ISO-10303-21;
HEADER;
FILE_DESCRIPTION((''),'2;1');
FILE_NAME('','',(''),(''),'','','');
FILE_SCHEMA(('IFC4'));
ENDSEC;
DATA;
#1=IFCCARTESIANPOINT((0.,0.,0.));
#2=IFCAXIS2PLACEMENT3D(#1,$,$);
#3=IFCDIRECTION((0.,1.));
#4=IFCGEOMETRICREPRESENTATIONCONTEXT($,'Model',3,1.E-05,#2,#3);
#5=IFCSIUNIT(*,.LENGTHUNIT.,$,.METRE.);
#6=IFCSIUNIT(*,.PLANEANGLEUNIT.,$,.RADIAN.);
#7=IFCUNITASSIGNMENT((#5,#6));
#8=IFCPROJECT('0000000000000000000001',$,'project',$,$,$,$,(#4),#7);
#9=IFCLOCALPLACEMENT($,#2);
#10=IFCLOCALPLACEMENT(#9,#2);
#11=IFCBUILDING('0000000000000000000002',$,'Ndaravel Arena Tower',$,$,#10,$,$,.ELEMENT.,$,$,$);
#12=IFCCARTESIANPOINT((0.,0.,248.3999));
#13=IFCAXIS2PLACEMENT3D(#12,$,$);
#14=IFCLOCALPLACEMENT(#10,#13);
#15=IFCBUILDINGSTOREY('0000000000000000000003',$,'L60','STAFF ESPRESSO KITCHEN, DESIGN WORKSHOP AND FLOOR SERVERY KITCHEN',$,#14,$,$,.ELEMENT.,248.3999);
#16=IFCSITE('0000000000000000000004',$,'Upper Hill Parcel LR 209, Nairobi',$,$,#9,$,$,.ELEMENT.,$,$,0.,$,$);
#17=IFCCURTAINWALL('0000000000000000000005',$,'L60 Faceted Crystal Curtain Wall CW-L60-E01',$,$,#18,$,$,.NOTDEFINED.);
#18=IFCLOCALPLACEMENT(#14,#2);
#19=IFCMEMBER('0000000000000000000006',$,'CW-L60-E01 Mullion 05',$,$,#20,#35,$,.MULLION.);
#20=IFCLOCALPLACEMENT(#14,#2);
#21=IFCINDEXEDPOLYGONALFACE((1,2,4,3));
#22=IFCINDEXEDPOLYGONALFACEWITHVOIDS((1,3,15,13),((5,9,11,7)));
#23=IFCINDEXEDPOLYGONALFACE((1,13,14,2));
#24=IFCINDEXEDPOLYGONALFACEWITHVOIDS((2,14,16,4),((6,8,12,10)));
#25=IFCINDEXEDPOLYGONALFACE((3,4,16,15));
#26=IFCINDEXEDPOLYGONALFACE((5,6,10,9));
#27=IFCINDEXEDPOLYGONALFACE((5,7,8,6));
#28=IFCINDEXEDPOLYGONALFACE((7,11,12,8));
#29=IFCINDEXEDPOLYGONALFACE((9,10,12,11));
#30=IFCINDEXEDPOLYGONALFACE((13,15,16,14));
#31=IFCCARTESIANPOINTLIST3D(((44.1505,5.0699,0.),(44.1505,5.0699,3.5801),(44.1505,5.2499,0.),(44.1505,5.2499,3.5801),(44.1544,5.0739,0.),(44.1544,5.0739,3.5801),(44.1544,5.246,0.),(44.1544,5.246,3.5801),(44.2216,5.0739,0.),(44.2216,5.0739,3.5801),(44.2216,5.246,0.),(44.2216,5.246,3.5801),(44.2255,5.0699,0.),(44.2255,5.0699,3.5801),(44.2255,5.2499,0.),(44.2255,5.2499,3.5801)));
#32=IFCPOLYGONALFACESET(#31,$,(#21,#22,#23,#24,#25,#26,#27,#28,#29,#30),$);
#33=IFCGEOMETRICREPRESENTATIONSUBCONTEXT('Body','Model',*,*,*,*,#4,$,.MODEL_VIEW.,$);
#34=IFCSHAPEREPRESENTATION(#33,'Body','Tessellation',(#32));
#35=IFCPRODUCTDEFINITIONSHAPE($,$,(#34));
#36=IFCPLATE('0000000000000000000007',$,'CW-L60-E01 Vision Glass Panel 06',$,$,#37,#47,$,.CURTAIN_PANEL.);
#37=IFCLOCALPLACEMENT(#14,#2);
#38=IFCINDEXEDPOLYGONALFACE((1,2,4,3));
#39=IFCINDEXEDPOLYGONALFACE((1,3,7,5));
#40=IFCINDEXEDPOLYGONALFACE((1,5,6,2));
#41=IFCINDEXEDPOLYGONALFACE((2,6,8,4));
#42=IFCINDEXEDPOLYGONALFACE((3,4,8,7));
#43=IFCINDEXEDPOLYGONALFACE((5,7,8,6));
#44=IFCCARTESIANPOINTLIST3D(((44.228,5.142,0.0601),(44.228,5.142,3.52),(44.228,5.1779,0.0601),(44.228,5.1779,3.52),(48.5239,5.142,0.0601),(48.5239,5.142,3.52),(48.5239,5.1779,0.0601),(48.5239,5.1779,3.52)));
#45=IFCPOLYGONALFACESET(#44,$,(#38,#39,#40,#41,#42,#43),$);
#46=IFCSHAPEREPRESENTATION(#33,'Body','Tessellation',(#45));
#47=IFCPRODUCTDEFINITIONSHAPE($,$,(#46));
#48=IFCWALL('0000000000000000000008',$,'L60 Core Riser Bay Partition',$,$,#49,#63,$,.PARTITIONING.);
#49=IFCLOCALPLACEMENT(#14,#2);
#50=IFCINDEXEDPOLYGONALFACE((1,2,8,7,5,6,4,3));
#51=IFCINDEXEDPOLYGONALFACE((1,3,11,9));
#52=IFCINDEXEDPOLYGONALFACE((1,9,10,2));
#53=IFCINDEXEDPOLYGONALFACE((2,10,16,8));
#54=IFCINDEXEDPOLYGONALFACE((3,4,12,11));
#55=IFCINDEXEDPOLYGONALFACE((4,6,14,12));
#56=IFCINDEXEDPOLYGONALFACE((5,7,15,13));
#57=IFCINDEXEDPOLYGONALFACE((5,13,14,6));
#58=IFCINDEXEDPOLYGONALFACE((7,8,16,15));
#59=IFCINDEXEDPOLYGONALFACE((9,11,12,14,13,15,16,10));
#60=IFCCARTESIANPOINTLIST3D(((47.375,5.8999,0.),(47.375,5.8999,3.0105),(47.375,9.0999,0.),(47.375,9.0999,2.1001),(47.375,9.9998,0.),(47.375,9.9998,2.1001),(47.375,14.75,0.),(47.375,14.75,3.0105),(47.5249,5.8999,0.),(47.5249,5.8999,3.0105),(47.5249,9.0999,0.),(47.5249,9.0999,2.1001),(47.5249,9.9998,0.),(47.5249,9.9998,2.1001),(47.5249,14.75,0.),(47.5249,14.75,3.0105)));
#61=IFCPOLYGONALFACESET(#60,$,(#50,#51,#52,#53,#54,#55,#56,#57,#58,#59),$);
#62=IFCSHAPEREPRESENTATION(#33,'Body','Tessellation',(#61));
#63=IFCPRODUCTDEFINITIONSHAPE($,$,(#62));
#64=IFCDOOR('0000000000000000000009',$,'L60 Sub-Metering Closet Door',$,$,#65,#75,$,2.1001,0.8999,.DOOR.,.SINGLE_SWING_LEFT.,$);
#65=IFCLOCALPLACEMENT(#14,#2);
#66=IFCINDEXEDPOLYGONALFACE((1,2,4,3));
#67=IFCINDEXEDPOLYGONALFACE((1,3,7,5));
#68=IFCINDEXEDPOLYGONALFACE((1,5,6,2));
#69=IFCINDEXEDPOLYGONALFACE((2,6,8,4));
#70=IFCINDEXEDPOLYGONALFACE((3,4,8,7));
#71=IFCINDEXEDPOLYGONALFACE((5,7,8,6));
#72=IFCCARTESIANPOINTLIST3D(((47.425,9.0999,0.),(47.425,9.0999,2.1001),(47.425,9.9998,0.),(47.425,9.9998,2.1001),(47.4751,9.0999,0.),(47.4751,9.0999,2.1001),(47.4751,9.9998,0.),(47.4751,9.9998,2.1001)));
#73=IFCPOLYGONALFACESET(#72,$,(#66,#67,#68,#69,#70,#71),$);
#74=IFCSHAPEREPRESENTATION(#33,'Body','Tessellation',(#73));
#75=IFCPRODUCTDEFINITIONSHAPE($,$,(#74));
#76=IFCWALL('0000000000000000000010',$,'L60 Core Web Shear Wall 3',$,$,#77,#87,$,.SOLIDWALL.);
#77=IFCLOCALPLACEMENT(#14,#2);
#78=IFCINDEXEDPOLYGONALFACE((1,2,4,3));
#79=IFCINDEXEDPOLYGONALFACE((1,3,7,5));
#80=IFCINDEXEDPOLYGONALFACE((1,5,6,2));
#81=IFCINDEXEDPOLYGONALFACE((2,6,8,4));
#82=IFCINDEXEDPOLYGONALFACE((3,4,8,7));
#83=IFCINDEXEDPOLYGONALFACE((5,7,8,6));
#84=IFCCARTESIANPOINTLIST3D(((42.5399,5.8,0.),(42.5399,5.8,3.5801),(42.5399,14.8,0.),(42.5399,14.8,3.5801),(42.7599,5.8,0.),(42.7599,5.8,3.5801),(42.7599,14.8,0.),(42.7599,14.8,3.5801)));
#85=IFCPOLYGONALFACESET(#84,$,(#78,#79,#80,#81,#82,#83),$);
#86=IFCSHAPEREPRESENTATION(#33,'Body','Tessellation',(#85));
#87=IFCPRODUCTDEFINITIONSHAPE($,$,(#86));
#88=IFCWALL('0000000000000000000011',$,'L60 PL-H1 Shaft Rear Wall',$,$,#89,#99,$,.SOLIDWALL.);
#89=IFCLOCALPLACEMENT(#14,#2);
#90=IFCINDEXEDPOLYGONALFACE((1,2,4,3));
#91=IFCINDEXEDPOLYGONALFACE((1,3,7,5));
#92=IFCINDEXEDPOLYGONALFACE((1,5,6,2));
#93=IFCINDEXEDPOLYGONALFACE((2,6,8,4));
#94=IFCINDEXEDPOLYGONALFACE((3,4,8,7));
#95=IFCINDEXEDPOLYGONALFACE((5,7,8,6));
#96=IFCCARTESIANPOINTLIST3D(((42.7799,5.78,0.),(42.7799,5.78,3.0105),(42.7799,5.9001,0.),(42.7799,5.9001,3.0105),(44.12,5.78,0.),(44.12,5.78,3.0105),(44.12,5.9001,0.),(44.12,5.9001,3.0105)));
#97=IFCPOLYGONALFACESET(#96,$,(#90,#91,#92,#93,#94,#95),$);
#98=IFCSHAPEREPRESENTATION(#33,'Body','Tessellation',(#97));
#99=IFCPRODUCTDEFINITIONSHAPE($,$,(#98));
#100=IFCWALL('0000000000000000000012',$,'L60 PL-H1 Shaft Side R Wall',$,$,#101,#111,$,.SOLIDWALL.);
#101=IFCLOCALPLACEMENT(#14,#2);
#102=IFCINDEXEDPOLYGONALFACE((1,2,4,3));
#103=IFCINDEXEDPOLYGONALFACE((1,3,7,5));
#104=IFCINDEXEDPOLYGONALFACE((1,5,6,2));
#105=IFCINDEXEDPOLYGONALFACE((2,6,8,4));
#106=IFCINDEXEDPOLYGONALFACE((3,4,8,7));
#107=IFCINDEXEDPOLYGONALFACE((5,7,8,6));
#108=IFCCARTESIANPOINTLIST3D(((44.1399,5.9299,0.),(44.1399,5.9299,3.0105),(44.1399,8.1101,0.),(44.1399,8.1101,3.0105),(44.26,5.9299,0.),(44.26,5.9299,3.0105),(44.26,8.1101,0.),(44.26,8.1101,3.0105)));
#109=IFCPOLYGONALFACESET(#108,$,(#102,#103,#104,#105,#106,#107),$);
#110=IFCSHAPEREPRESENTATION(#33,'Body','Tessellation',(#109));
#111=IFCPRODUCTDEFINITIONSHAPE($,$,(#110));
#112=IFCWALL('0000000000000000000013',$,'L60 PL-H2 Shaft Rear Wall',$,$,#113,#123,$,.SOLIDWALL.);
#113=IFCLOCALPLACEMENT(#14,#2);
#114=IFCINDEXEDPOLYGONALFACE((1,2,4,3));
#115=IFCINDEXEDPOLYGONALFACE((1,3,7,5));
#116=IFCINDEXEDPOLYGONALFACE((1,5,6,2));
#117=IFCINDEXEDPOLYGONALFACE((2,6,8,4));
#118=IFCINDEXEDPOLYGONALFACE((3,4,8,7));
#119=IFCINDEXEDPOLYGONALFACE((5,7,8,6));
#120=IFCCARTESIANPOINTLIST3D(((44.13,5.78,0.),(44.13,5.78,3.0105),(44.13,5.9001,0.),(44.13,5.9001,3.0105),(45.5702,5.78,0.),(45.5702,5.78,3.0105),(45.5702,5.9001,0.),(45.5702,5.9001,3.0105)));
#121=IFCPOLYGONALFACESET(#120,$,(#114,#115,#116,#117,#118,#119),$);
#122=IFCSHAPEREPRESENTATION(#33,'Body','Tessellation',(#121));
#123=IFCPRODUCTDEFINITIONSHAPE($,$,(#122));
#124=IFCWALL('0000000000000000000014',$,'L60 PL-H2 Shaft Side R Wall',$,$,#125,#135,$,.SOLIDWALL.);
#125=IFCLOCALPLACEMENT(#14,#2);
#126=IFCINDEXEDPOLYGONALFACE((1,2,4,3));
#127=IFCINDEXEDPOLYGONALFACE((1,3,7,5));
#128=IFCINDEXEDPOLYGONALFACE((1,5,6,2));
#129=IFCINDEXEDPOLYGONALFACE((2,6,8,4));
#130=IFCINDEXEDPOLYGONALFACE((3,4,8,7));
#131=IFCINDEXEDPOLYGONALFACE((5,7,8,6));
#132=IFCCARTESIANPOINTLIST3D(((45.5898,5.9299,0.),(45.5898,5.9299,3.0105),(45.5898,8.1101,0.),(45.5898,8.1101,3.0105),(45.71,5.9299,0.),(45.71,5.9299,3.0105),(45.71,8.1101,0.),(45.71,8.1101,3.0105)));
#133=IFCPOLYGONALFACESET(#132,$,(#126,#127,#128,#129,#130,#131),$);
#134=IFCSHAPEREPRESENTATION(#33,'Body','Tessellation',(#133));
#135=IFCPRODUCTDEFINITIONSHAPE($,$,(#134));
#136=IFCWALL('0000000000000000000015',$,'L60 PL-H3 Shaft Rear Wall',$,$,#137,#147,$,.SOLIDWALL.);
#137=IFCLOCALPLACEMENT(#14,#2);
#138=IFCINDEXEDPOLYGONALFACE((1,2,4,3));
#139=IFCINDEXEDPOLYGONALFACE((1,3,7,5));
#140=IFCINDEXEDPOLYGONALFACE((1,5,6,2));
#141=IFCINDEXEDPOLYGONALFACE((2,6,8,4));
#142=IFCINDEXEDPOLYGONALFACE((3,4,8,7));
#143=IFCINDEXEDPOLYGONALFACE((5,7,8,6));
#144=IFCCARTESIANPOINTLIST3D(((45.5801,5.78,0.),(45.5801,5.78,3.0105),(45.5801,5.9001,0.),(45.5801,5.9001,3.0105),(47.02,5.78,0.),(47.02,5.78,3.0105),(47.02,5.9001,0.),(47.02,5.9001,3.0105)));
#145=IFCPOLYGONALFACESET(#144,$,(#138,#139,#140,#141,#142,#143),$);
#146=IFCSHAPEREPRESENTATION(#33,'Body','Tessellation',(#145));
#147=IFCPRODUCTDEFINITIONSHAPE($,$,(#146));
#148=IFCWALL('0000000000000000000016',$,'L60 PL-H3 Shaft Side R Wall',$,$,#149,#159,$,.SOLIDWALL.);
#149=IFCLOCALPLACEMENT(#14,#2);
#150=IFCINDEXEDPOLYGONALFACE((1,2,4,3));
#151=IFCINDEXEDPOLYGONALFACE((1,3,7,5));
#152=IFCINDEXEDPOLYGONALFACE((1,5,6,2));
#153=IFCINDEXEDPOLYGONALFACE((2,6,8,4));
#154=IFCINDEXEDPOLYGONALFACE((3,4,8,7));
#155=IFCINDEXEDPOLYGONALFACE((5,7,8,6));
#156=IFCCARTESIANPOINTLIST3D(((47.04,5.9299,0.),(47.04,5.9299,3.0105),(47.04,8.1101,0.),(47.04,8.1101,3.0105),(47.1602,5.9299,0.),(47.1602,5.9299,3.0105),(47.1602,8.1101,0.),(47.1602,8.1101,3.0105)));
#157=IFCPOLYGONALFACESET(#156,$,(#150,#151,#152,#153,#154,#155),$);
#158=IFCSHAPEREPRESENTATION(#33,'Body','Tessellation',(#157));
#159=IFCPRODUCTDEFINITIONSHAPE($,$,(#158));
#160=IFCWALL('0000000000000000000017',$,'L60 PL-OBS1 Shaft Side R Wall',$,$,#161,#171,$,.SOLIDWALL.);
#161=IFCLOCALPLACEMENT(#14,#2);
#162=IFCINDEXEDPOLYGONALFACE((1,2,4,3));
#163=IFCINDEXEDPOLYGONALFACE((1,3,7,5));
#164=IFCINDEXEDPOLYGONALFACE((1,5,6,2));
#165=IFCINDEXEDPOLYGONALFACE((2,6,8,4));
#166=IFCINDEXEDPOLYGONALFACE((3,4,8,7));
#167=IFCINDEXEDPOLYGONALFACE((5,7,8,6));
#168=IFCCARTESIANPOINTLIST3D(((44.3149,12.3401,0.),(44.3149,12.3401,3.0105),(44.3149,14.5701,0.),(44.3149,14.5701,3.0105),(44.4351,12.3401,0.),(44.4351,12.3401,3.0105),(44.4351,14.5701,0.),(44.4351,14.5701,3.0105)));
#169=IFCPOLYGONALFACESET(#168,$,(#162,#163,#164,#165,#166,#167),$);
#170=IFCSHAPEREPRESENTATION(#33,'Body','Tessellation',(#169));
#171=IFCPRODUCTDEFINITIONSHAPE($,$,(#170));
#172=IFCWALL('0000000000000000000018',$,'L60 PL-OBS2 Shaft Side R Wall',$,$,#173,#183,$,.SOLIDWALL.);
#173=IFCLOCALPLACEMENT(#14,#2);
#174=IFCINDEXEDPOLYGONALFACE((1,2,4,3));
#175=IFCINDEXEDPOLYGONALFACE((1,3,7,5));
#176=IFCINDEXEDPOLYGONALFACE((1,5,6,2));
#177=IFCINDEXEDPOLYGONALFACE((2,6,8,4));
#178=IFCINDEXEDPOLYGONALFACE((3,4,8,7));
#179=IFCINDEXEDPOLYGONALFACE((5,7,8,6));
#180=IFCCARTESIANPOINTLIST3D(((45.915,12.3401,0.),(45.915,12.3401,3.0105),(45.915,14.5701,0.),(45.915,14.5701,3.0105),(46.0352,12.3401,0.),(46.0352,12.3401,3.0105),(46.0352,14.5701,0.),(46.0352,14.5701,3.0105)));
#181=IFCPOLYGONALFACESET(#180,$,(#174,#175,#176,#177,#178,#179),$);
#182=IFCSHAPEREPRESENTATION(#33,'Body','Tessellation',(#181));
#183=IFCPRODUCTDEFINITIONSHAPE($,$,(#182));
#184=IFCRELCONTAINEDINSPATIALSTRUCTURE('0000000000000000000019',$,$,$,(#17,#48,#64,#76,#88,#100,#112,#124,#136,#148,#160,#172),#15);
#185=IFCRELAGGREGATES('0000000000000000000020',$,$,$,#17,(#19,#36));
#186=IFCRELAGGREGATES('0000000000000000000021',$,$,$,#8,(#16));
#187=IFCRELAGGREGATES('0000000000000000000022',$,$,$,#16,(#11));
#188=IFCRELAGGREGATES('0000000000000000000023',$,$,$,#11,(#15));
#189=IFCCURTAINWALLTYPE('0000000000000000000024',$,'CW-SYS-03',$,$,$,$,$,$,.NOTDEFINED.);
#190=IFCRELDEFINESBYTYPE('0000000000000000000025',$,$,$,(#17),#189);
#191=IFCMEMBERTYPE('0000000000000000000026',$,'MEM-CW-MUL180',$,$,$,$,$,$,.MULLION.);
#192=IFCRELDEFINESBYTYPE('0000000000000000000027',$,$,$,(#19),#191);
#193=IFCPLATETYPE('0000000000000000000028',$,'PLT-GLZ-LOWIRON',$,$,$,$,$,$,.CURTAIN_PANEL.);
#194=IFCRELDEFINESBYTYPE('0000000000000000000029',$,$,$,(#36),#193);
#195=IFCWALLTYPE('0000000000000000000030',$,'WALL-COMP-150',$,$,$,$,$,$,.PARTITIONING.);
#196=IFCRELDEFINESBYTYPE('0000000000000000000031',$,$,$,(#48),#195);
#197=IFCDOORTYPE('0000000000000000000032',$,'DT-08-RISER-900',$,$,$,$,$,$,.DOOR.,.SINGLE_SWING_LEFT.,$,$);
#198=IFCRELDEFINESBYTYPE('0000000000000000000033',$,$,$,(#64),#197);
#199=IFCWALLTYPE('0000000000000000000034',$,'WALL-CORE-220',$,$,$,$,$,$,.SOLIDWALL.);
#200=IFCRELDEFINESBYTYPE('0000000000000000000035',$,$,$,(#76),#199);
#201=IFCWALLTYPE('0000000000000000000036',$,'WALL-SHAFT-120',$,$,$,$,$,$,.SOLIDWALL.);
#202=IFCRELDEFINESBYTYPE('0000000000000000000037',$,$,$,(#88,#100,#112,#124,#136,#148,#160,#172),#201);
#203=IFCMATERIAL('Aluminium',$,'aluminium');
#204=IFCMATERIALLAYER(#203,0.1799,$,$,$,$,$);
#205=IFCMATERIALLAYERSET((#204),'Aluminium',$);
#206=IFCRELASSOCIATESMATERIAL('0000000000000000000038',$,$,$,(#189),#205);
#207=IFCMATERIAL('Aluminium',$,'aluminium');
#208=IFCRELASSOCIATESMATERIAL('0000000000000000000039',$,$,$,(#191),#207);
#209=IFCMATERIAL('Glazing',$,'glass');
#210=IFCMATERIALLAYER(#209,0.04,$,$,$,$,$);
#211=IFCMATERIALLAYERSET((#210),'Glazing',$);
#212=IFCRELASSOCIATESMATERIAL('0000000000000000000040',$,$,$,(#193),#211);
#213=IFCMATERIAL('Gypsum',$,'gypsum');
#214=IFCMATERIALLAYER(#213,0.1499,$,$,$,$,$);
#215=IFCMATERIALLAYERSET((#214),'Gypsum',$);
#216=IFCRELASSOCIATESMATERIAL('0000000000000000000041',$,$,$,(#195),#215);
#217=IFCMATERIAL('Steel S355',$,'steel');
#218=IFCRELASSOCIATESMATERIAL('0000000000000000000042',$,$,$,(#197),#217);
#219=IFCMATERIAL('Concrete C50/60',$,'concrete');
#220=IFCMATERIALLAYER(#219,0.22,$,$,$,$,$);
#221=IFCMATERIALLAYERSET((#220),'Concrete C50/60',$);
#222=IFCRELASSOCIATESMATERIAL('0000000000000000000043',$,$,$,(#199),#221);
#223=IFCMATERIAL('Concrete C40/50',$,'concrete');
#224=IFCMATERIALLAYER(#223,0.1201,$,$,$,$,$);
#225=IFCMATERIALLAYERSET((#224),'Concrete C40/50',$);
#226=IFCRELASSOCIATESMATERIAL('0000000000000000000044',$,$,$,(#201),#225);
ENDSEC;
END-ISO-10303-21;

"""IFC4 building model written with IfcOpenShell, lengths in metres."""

from ifc_helpers import new_model, si_unit, direction, frame, frame_2d, origin, origin_2d, place, context, subcontext, project, spatial, rectangle, hollow_rectangle, extrude, material, layer, layer_set, material_profile, profile_set, type_object, element, fill, aggregate, save


model = new_model("IFC4")

# Units and contexts
model_context = context("Model", 3, precision=1e-05, world=origin(), true_north=direction((0.0, 1.0)))
body_context = subcontext(model_context, "Body", "Model", "MODEL_VIEW")
ifc_project = project(units=[si_unit("LENGTHUNIT", "METRE"), si_unit("PLANEANGLEUNIT", "RADIAN")], contexts=[model_context])

# Site, building, storey
site_placement = place(None, origin())
site = spatial("IfcSite", under=ifc_project, at=site_placement, Name="Upper Hill Parcel LR 209, Nairobi", CompositionType="ELEMENT", RefElevation=0.0)
building_placement = place(site_placement, origin())
building = spatial("IfcBuilding", under=site, at=building_placement, Name="Ndaravel Arena Tower", CompositionType="ELEMENT")
storey_placement = place(building_placement, frame((0.0, 0.0, 248.3999)))
storey = spatial("IfcBuildingStorey", under=building, at=storey_placement, Name="L60", Description="STAFF ESPRESSO KITCHEN, DESIGN WORKSHOP AND FLOOR SERVERY KITCHEN", CompositionType="ELEMENT", Elevation=248.3999)

# Curtain wall, member, plate
ifc_material_1 = material(Name="Aluminium", Category="aluminium")
ifc_layer_1 = layer(ifc_material_1, 0.1799)
ifc_layer_set_1 = layer_set([ifc_layer_1], Name="Aluminium")
curtain_wall_type = type_object("IfcCurtainWallType", Name="CW-SYS-03", PredefinedType="NOTDEFINED", material=ifc_layer_set_1)
curtain_wall_placement = place(storey_placement, origin())
curtain_wall = element("IfcCurtainWall", 1, at=curtain_wall_placement, inside=storey, type_object=curtain_wall_type, Name="L60 Faceted Crystal Curtain Wall CW-L60-E01", PredefinedType="NOTDEFINED")
ifc_material_2 = material(Name="Aluminium", Category="aluminium")
ifc_material_profile = material_profile(ifc_material_2, hollow_rectangle(XDim=0.075, YDim=0.1799, WallThickness=0.0039, at=origin_2d()), Name="CW MULLION 75x180x4")
ifc_profile_set = profile_set([ifc_material_profile], Name="Aluminium")
member_type = type_object("IfcMemberType", Name="MEM-CW-MUL180", PredefinedType="MULLION", material=ifc_profile_set)
member_placement = place(storey_placement, frame((44.188, 5.1599, 0.0), z_axis=(0.0, 0.0, 1.0), x_axis=(1.0, 0.0, 0.0)))
member = element("IfcMember", 2, at=member_placement, type_object=member_type, Name="CW-L60-E01 Mullion 05", PredefinedType="MULLION", context=body_context, shape_type="SweptSolid", body=[
    extrude(hollow_rectangle(XDim=0.075, YDim=0.1799, WallThickness=0.0039, at=origin_2d()), origin(), (0.0, 0.0, 1.0), 3.5801),
])
ifc_material_3 = material(Name="Glazing", Category="glass")
ifc_layer_2 = layer(ifc_material_3, 0.04)
ifc_layer_set_2 = layer_set([ifc_layer_2], Name="Glazing")
plate_type = type_object("IfcPlateType", Name="PLT-GLZ-LOWIRON", PredefinedType="CURTAIN_PANEL", material=ifc_layer_set_2)
plate_placement = place(storey_placement, frame((46.376, 5.1599, 0.0601), z_axis=(0.0, 0.0, 1.0), x_axis=(1.0, 0.0, 0.0)))
plate = element("IfcPlate", 3, at=plate_placement, type_object=plate_type, Name="CW-L60-E01 Vision Glass Panel 06", PredefinedType="CURTAIN_PANEL", context=body_context, shape_type="SweptSolid", body=[
    extrude(rectangle(XDim=4.2959, YDim=0.0359, at=origin_2d()), origin(), (0.0, 0.0, 1.0), 3.46),
])
aggregate(curtain_wall, [member, plate])

# Wall, opening, door
ifc_material_4 = material(Name="Gypsum", Category="gypsum")
ifc_layer_3 = layer(ifc_material_4, 0.1499)
ifc_layer_set_3 = layer_set([ifc_layer_3], Name="Gypsum")
wall_type_1 = type_object("IfcWallType", Name="WALL-COMP-150", PredefinedType="PARTITIONING", material=ifc_layer_set_3)
wall_1_placement = place(storey_placement, frame((47.45, 5.8999, 0.0), z_axis=(0.0, 0.0, 1.0), x_axis=(0.0, 1.0, 0.0)))
wall_1 = element("IfcWall", 4, at=wall_1_placement, inside=storey, type_object=wall_type_1, Name="L60 Core Riser Bay Partition", PredefinedType="PARTITIONING", context=body_context, shape_type="SweptSolid", body=[
    extrude(rectangle(XDim=8.8501, YDim=0.1499, at=frame_2d((4.425, 0.0))), origin(), (0.0, 0.0, 1.0), 3.0105),
])
opening_1_placement = place(wall_1_placement, frame((3.2, 0.0, 0.0)))
opening_1 = element("IfcOpeningElement", 5, at=opening_1_placement, cuts=wall_1, PredefinedType="OPENING", context=body_context, shape_type="SweptSolid", body=[
    extrude(rectangle(XDim=0.8999, YDim=2.1001, at=frame_2d((0.45, 1.05))), frame((0.0, 0.075, 0.0), z_axis=(0.0, -1.0, 0.0), x_axis=(1.0, 0.0, 0.0)), (0.0, 0.0, 1.0), 0.1499),
])
ifc_material_5 = material(Name="Steel S355", Category="steel")
door_type_1 = type_object("IfcDoorType", Name="DT-08-RISER-900", OperationType="SINGLE_SWING_LEFT", PredefinedType="DOOR", material=ifc_material_5)
door_1_placement = place(opening_1_placement, origin())
door_1 = element("IfcDoor", 6, at=door_1_placement, inside=storey, type_object=door_type_1, Name="L60 Sub-Metering Closet Door", OperationType="SINGLE_SWING_LEFT", OverallHeight=2.1001, OverallWidth=0.8999, PredefinedType="DOOR", context=body_context, shape_type="SweptSolid", body=[
    extrude(rectangle(XDim=0.8999, YDim=2.1001, at=frame_2d((0.45, 1.05))), frame((0.0, 0.0249, 0.0), z_axis=(0.0, -1.0, 0.0), x_axis=(1.0, 0.0, 0.0)), (0.0, 0.0, 1.0), 0.05),
])
fill(opening_1, door_1)

# Walls
ifc_material_6 = material(Name="Concrete C50/60", Category="concrete")
ifc_layer_4 = layer(ifc_material_6, 0.22)
ifc_layer_set_4 = layer_set([ifc_layer_4], Name="Concrete C50/60")
wall_type_2 = type_object("IfcWallType", Name="WALL-CORE-220", PredefinedType="SOLIDWALL", material=ifc_layer_set_4)
wall_2_placement = place(storey_placement, frame((42.6499, 5.8, 0.0), z_axis=(0.0, 0.0, 1.0), x_axis=(0.0, 1.0, 0.0)))
element("IfcWall", 7, at=wall_2_placement, inside=storey, type_object=wall_type_2, Name="L60 Core Web Shear Wall 3", PredefinedType="SOLIDWALL", context=body_context, shape_type="SweptSolid", body=[
    extrude(rectangle(XDim=9.0, YDim=0.22, at=frame_2d((4.5, 0.0))), origin(), (0.0, 0.0, 1.0), 3.5801),
])
ifc_material_7 = material(Name="Concrete C40/50", Category="concrete")
ifc_layer_5 = layer(ifc_material_7, 0.1201)
ifc_layer_set_5 = layer_set([ifc_layer_5], Name="Concrete C40/50")
wall_type_3 = type_object("IfcWallType", Name="WALL-SHAFT-120", PredefinedType="SOLIDWALL", material=ifc_layer_set_5)
wall_3_placement = place(storey_placement, frame((42.78, 5.8401, 0.0), z_axis=(0.0, 0.0, 1.0), x_axis=(1.0, 0.0, 0.0)))
element("IfcWall", 8, at=wall_3_placement, inside=storey, type_object=wall_type_3, Name="L60 PL-H1 Shaft Rear Wall", PredefinedType="SOLIDWALL", context=body_context, shape_type="SweptSolid", body=[
    extrude(rectangle(XDim=1.3401, YDim=0.1201, at=frame_2d((0.6699, 0.0))), origin(), (0.0, 0.0, 1.0), 3.0105),
])
wall_4_placement = place(storey_placement, frame((44.2, 5.9299, 0.0), z_axis=(0.0, 0.0, 1.0), x_axis=(0.0, 1.0, 0.0)))
element("IfcWall", 9, at=wall_4_placement, inside=storey, type_object=wall_type_3, Name="L60 PL-H1 Shaft Side R Wall", PredefinedType="SOLIDWALL", context=body_context, shape_type="SweptSolid", body=[
    extrude(rectangle(XDim=2.1802, YDim=0.1201, at=frame_2d((1.0901, 0.0))), origin(), (0.0, 0.0, 1.0), 3.0105),
])
wall_5_placement = place(storey_placement, frame((44.1299, 5.8401, 0.0), z_axis=(0.0, 0.0, 1.0), x_axis=(1.0, 0.0, 0.0)))
element("IfcWall", 10, at=wall_5_placement, inside=storey, type_object=wall_type_3, Name="L60 PL-H2 Shaft Rear Wall", PredefinedType="SOLIDWALL", context=body_context, shape_type="SweptSolid", body=[
    extrude(rectangle(XDim=1.4402, YDim=0.1201, at=frame_2d((0.7202, 0.0))), origin(), (0.0, 0.0, 1.0), 3.0105),
])
wall_6_placement = place(storey_placement, frame((45.6499, 5.9299, 0.0), z_axis=(0.0, 0.0, 1.0), x_axis=(0.0, 1.0, 0.0)))
element("IfcWall", 11, at=wall_6_placement, inside=storey, type_object=wall_type_3, Name="L60 PL-H2 Shaft Side R Wall", PredefinedType="SOLIDWALL", context=body_context, shape_type="SweptSolid", body=[
    extrude(rectangle(XDim=2.1802, YDim=0.1201, at=frame_2d((1.0901, 0.0))), origin(), (0.0, 0.0, 1.0), 3.0105),
])
wall_7_placement = place(storey_placement, frame((45.5801, 5.8401, 0.0), z_axis=(0.0, 0.0, 1.0), x_axis=(1.0, 0.0, 0.0)))
element("IfcWall", 12, at=wall_7_placement, inside=storey, type_object=wall_type_3, Name="L60 PL-H3 Shaft Rear Wall", PredefinedType="SOLIDWALL", context=body_context, shape_type="SweptSolid", body=[
    extrude(rectangle(XDim=1.4399, YDim=0.1201, at=frame_2d((0.72, 0.0))), origin(), (0.0, 0.0, 1.0), 3.0105),
])
wall_8_placement = place(storey_placement, frame((47.1001, 5.9299, 0.0), z_axis=(0.0, 0.0, 1.0), x_axis=(0.0, 1.0, 0.0)))
element("IfcWall", 13, at=wall_8_placement, inside=storey, type_object=wall_type_3, Name="L60 PL-H3 Shaft Side R Wall", PredefinedType="SOLIDWALL", context=body_context, shape_type="SweptSolid", body=[
    extrude(rectangle(XDim=2.1802, YDim=0.1201, at=frame_2d((1.0901, 0.0))), origin(), (0.0, 0.0, 1.0), 3.0105),
])
for number, where, z_axis, x_axis, name in (
    (14, (44.375, 12.3401, 0.0), (0.0, 0.0, 1.0), (0.0, 1.0, 0.0), "L60 PL-OBS1 Shaft Side R Wall"),
    (15, (45.9751, 12.3401, 0.0), (0.0, 0.0, 1.0), (0.0, 1.0, 0.0), "L60 PL-OBS2 Shaft Side R Wall"),
):
    element("IfcWall", number, at=place(storey_placement, frame(where, z_axis=z_axis, x_axis=x_axis)), inside=storey, type_object=wall_type_3, Name=name, PredefinedType="SOLIDWALL", context=body_context, shape_type="SweptSolid", body=[
        extrude(rectangle(XDim=2.23, YDim=0.1201, at=frame_2d((1.115, 0.0))), origin(), (0.0, 0.0, 1.0), 3.0105),
    ])

save(model, "model.ifc")
